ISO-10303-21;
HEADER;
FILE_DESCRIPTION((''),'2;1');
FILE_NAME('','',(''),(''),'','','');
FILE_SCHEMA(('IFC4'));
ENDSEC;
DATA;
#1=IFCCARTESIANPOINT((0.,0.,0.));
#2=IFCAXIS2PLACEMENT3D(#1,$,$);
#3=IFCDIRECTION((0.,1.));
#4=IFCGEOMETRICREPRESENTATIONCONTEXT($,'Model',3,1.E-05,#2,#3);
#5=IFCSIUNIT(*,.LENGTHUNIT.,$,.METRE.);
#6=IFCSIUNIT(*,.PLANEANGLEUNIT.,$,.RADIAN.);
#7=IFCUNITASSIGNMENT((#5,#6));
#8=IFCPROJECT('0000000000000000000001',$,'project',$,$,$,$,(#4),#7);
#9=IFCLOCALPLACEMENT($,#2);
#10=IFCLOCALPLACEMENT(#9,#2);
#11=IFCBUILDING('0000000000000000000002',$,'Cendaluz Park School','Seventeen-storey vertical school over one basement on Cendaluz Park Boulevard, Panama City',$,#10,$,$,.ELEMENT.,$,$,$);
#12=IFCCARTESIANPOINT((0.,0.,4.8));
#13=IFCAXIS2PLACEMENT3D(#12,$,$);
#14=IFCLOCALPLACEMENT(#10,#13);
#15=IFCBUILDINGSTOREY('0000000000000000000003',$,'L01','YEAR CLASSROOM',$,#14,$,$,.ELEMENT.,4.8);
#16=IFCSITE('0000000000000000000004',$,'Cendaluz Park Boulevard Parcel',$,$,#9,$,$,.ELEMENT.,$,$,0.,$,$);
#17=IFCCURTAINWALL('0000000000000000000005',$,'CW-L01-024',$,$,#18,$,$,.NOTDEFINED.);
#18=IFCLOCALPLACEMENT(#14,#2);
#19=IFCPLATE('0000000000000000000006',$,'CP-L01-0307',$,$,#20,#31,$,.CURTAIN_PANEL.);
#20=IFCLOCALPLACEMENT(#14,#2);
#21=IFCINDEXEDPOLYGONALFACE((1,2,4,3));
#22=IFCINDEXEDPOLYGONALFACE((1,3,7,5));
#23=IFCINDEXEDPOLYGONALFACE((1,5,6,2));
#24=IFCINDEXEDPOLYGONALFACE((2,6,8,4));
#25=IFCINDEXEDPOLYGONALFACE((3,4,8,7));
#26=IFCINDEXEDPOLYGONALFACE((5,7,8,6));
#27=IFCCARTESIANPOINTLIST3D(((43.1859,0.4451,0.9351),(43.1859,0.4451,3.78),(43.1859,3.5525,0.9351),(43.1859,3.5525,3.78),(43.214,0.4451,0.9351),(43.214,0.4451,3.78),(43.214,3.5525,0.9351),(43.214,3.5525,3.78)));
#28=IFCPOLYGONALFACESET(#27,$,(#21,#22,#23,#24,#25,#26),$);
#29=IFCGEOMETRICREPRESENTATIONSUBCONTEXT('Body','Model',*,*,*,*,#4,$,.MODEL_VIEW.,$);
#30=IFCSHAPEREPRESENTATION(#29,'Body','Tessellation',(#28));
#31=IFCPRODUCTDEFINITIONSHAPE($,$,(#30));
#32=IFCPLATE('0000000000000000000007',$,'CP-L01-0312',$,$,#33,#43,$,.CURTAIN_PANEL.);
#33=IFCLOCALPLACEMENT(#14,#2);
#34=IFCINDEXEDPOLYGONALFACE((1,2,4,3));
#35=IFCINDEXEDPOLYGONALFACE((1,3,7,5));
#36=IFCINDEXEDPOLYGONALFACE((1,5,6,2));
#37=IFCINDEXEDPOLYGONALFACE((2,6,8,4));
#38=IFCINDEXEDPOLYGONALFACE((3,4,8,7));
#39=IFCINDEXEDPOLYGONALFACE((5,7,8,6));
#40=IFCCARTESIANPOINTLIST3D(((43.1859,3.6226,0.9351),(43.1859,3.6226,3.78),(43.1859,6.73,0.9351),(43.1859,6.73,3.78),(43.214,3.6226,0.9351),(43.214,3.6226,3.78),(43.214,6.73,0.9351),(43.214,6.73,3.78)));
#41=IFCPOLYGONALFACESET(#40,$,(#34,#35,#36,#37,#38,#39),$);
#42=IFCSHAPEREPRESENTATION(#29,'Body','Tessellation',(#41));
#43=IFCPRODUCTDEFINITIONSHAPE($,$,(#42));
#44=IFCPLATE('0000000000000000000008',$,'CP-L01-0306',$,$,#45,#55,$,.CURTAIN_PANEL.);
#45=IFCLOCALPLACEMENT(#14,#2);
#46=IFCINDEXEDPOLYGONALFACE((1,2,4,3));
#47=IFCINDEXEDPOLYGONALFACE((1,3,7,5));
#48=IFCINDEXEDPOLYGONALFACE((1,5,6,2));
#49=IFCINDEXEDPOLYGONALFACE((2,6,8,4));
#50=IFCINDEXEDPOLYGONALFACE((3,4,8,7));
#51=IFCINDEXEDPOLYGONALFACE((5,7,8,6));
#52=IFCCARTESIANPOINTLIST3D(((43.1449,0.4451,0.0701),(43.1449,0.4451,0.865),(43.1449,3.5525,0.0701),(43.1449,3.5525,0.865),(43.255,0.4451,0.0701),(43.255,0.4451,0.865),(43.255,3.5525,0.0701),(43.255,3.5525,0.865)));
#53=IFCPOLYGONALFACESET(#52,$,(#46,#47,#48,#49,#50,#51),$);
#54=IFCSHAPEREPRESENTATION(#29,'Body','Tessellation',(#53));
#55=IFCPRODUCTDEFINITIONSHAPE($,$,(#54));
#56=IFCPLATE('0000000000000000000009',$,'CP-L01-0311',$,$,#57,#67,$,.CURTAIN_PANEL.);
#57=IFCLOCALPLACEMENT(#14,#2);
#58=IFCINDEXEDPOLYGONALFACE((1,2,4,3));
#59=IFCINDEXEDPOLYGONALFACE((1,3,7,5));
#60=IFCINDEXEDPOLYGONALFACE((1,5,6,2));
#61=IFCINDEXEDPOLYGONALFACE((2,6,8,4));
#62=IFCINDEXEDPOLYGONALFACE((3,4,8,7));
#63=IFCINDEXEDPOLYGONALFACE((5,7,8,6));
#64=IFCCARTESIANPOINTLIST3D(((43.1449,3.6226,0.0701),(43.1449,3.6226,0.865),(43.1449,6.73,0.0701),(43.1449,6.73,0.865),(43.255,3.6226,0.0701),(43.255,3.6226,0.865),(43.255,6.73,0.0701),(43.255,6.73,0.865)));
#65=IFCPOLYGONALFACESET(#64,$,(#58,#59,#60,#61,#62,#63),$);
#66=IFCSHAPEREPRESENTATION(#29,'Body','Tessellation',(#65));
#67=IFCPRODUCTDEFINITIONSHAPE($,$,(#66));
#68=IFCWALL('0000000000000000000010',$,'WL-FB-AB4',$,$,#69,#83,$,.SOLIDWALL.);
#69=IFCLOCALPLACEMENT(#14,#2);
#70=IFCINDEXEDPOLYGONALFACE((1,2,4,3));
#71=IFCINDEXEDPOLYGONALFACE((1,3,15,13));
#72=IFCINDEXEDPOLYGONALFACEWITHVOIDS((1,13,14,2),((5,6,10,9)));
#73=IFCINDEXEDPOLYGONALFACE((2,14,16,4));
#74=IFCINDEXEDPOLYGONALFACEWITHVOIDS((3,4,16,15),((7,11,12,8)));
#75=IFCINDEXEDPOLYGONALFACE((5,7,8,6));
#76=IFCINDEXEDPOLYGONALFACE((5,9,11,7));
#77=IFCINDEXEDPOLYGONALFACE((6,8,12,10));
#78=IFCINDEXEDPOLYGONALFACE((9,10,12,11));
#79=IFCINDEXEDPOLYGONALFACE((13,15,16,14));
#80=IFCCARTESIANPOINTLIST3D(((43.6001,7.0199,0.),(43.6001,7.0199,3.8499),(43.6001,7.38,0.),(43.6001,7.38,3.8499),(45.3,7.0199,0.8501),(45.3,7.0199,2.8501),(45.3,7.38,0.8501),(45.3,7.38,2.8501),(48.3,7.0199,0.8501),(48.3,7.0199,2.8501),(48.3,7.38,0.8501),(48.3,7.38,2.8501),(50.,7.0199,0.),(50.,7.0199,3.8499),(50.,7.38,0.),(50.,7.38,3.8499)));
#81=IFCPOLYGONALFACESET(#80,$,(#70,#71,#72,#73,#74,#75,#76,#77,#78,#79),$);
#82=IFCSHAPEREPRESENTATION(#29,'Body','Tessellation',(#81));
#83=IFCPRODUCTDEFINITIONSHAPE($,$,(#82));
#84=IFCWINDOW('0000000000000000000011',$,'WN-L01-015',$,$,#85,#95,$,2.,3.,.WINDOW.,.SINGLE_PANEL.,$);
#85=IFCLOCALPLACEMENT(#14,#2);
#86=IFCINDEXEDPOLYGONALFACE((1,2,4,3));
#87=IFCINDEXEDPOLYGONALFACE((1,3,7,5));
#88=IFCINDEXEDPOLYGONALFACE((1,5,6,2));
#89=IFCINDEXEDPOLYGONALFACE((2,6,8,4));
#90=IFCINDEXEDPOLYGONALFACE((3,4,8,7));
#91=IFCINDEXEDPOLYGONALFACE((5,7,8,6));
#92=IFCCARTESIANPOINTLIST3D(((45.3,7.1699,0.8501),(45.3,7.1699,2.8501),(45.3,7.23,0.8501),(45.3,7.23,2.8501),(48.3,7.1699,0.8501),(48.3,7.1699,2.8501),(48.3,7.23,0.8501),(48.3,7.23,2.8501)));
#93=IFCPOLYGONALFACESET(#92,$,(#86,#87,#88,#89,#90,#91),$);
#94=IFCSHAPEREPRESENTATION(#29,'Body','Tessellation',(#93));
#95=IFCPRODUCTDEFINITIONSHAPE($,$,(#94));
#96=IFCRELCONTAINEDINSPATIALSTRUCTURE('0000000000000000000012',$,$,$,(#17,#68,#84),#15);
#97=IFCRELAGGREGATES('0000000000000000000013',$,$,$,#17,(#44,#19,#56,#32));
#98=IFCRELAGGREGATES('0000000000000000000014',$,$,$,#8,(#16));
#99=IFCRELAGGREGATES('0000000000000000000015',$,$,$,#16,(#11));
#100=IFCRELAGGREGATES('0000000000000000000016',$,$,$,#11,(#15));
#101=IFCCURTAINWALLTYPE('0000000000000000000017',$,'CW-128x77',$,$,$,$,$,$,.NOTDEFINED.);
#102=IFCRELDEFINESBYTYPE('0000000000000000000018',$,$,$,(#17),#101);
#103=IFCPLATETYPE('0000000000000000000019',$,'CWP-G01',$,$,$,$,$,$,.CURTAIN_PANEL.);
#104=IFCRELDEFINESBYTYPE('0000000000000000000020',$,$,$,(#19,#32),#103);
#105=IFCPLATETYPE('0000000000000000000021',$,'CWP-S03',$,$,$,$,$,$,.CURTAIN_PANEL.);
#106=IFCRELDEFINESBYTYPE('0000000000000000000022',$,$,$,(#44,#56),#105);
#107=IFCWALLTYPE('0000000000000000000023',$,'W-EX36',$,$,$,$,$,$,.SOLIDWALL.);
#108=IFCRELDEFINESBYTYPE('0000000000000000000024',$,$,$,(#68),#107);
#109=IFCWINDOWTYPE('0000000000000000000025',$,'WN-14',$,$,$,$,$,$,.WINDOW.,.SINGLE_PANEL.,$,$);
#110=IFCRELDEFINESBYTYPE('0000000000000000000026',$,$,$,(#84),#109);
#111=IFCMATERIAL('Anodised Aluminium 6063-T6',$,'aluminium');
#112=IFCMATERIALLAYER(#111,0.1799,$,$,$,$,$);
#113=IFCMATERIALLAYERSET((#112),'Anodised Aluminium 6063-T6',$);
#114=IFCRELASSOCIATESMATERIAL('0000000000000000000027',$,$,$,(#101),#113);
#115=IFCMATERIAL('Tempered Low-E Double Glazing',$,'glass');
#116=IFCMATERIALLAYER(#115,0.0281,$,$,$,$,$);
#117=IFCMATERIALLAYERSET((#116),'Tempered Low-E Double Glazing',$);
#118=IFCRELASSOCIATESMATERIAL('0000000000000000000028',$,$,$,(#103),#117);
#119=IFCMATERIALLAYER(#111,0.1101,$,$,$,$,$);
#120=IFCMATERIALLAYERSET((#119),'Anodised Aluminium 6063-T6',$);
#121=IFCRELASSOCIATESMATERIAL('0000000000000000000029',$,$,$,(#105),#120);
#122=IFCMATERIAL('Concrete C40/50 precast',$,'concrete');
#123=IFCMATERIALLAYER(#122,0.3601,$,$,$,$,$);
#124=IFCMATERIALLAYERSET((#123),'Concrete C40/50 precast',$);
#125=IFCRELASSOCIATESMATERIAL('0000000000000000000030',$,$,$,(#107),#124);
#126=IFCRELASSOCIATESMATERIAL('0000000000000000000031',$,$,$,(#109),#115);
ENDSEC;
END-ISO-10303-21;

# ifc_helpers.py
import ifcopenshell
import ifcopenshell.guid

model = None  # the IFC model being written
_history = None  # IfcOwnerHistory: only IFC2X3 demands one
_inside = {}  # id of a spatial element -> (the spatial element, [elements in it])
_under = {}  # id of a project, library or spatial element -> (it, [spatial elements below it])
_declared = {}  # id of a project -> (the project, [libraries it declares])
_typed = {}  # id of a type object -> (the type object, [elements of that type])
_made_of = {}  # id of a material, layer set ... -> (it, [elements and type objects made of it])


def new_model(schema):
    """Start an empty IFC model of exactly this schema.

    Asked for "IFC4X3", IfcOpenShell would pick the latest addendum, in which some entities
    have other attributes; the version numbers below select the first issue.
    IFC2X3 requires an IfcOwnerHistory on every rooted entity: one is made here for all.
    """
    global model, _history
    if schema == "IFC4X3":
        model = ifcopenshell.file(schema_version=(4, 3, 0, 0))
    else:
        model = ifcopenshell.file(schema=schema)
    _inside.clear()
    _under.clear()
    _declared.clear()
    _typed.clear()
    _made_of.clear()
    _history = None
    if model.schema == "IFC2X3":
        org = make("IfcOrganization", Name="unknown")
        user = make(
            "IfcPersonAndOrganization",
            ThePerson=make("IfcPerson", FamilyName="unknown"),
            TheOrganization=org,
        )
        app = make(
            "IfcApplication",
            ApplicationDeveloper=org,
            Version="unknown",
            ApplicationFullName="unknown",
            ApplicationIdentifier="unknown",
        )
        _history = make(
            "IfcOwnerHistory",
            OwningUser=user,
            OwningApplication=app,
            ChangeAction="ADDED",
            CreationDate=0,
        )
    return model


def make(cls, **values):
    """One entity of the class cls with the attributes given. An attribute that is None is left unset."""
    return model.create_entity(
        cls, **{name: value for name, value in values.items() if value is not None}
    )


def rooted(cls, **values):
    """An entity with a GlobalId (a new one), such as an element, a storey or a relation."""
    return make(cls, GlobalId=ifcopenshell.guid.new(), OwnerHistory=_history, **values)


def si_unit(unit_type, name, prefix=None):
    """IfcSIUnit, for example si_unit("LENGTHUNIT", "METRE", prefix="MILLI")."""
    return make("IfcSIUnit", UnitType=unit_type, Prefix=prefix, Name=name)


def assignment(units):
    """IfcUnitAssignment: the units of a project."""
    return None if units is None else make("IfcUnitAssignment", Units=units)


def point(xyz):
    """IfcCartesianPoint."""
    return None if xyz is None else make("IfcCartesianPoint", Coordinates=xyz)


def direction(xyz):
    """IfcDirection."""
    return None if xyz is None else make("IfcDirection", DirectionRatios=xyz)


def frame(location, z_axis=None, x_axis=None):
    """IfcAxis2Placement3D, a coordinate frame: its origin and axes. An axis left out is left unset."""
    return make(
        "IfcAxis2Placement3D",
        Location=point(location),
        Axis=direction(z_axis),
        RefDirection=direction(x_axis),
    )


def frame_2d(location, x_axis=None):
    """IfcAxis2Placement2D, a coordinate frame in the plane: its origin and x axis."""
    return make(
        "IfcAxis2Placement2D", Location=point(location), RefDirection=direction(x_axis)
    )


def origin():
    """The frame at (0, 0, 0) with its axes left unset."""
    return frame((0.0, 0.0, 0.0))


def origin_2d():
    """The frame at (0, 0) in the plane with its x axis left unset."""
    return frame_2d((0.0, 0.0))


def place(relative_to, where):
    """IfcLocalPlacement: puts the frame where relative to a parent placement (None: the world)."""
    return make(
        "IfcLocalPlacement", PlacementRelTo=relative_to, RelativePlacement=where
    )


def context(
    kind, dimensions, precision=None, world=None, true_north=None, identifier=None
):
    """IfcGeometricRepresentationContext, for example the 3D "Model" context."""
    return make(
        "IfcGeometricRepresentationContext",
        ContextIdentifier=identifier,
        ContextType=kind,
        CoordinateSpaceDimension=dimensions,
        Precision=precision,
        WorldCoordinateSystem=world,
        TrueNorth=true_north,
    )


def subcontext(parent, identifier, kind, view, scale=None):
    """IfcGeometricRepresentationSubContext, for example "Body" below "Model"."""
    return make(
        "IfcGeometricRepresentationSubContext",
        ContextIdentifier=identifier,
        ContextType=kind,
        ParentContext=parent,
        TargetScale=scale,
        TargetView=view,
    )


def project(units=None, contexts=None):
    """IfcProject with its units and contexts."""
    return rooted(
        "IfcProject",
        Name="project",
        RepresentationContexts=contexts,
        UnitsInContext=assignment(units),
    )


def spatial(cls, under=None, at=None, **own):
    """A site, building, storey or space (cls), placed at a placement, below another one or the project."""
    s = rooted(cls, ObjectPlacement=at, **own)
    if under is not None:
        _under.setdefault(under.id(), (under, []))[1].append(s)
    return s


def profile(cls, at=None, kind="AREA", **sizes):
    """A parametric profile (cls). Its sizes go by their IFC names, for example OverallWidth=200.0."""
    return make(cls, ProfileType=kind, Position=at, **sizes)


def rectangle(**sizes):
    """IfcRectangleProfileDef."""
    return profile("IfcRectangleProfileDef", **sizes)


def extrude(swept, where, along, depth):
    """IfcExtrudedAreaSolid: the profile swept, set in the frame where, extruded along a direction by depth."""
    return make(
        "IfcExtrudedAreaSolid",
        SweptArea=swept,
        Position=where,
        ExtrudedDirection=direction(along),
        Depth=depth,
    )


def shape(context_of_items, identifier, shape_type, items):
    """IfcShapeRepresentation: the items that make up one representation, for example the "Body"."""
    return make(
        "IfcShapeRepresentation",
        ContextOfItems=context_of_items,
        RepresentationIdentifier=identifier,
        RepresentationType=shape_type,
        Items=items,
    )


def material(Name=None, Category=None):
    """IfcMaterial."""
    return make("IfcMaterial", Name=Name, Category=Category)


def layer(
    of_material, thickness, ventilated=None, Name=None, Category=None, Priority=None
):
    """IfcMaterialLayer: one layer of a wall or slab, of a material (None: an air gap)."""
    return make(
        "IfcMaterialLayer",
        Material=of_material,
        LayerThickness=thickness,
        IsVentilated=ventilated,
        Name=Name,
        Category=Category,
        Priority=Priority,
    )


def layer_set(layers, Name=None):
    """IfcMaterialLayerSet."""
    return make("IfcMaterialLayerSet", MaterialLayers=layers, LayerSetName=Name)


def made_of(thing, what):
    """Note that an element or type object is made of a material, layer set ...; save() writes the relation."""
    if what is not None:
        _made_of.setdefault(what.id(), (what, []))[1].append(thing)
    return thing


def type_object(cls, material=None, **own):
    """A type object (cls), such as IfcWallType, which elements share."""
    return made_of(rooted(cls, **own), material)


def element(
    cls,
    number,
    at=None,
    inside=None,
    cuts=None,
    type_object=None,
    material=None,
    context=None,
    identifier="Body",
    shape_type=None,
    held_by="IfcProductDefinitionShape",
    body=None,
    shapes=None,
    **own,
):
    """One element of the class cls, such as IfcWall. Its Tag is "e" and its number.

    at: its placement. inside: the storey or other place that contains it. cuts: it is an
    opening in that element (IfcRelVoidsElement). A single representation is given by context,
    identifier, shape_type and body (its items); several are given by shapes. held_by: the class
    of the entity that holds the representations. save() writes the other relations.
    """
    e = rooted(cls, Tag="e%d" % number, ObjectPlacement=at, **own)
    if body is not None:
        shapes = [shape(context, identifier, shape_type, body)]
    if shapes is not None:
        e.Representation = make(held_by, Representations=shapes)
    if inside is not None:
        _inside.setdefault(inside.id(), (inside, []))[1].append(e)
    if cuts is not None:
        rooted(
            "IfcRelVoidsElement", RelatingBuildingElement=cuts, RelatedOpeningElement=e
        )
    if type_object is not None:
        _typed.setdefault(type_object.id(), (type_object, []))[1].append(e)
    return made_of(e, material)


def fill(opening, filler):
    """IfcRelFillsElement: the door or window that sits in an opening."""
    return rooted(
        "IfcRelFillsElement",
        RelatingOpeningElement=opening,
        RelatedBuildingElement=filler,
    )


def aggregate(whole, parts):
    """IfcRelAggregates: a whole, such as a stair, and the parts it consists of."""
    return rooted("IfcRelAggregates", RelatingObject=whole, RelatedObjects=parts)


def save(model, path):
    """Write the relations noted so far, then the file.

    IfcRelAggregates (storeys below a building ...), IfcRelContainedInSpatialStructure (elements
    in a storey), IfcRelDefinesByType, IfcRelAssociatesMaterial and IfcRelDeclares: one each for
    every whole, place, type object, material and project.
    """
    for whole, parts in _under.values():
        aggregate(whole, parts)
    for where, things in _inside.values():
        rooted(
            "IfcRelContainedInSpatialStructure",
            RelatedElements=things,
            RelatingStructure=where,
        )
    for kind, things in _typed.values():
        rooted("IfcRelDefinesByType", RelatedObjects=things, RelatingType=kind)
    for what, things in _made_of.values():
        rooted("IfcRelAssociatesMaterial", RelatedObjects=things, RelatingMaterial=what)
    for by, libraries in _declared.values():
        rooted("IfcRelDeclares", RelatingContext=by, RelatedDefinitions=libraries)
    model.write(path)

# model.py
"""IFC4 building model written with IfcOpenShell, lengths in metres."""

from ifc_helpers import new_model, si_unit, direction, frame, frame_2d, origin, origin_2d, place, context, subcontext, project, spatial, rectangle, extrude, material, layer, layer_set, type_object, element, fill, aggregate, save


model = new_model("IFC4")

# Units and contexts
model_context = context("Model", 3, precision=1e-05, world=origin(), true_north=direction((0.0, 1.0)))
body_context = subcontext(model_context, "Body", "Model", "MODEL_VIEW")
ifc_project = project(units=[si_unit("LENGTHUNIT", "METRE"), si_unit("PLANEANGLEUNIT", "RADIAN")], contexts=[model_context])

# Site, building, storey
site_placement = place(None, origin())
site = spatial("IfcSite", under=ifc_project, at=site_placement, Name="Cendaluz Park Boulevard Parcel", CompositionType="ELEMENT", RefElevation=0.0)
building_placement = place(site_placement, origin())
building = spatial("IfcBuilding", under=site, at=building_placement, Name="Cendaluz Park School", Description="Seventeen-storey vertical school over one basement on Cendaluz Park Boulevard, Panama City", CompositionType="ELEMENT")
storey_placement = place(building_placement, frame((0.0, 0.0, 4.8)))
storey = spatial("IfcBuildingStorey", under=building, at=storey_placement, Name="L01", Description="YEAR CLASSROOM", CompositionType="ELEMENT", Elevation=4.8)

# Curtain wall
ifc_material_1 = material(Name="Anodised Aluminium 6063-T6", Category="aluminium")
ifc_layer_1 = layer(ifc_material_1, 0.1799)
ifc_layer_set_1 = layer_set([ifc_layer_1], Name="Anodised Aluminium 6063-T6")
curtain_wall_type = type_object("IfcCurtainWallType", Name="CW-128x77", PredefinedType="NOTDEFINED", material=ifc_layer_set_1)
curtain_wall_1_placement = place(storey_placement, origin())
curtain_wall_1 = element("IfcCurtainWall", 1, at=curtain_wall_1_placement, inside=storey, type_object=curtain_wall_type, Name="CW-L01-024", PredefinedType="NOTDEFINED")

# Plates
ifc_material_2 = material(Name="Tempered Low-E Double Glazing", Category="glass")
ifc_layer_2 = layer(ifc_material_2, 0.0281)
ifc_layer_set_2 = layer_set([ifc_layer_2], Name="Tempered Low-E Double Glazing")
plate_type_1 = type_object("IfcPlateType", Name="CWP-G01", PredefinedType="CURTAIN_PANEL", material=ifc_layer_set_2)
plate_1_placement = place(storey_placement, frame((43.2, 1.9988, 0.9351), z_axis=(0.0, 0.0, 1.0), x_axis=(0.0, 1.0, 0.0)))
plate_1 = element("IfcPlate", 2, at=plate_1_placement, type_object=plate_type_1, Name="CP-L01-0307", PredefinedType="CURTAIN_PANEL", context=body_context, shape_type="SweptSolid", body=[
    extrude(rectangle(XDim=3.1074, YDim=0.0281, at=origin_2d()), origin(), (0.0, 0.0, 1.0), 2.845),
])
plate_2_placement = place(storey_placement, frame((43.2, 5.1763, 0.9351), z_axis=(0.0, 0.0, 1.0), x_axis=(0.0, 1.0, 0.0)))
plate_2 = element("IfcPlate", 3, at=plate_2_placement, type_object=plate_type_1, Name="CP-L01-0312", PredefinedType="CURTAIN_PANEL", context=body_context, shape_type="SweptSolid", body=[
    extrude(rectangle(XDim=3.1074, YDim=0.0281, at=origin_2d()), origin(), (0.0, 0.0, 1.0), 2.845),
])
ifc_layer_3 = layer(ifc_material_1, 0.1101)
ifc_layer_set_3 = layer_set([ifc_layer_3], Name="Anodised Aluminium 6063-T6")
plate_type_2 = type_object("IfcPlateType", Name="CWP-S03", PredefinedType="CURTAIN_PANEL", material=ifc_layer_set_3)
plate_3_placement = place(storey_placement, frame((43.2, 1.9988, 0.0701), z_axis=(0.0, 0.0, 1.0), x_axis=(0.0, 1.0, 0.0)))
plate_3 = element("IfcPlate", 4, at=plate_3_placement, type_object=plate_type_2, Name="CP-L01-0306", PredefinedType="CURTAIN_PANEL", context=body_context, shape_type="SweptSolid", body=[
    extrude(rectangle(XDim=3.1074, YDim=0.1101, at=origin_2d()), origin(), (0.0, 0.0, 1.0), 0.7949),
])
plate_4_placement = place(storey_placement, frame((43.2, 5.1763, 0.0701), z_axis=(0.0, 0.0, 1.0), x_axis=(0.0, 1.0, 0.0)))
plate_4 = element("IfcPlate", 5, at=plate_4_placement, type_object=plate_type_2, Name="CP-L01-0311", PredefinedType="CURTAIN_PANEL", context=body_context, shape_type="SweptSolid", body=[
    extrude(rectangle(XDim=3.1074, YDim=0.1101, at=origin_2d()), origin(), (0.0, 0.0, 1.0), 0.7949),
])
aggregate(curtain_wall_1, [plate_3, plate_1, plate_4, plate_2])

# Wall, opening, window
ifc_material_3 = material(Name="Concrete C40/50 precast", Category="concrete")
ifc_layer_4 = layer(ifc_material_3, 0.3601)
ifc_layer_set_4 = layer_set([ifc_layer_4], Name="Concrete C40/50 precast")
wall_type = type_object("IfcWallType", Name="W-EX36", PredefinedType="SOLIDWALL", material=ifc_layer_set_4)
wall_placement = place(storey_placement, frame((43.6001, 7.2, 0.0), z_axis=(0.0, 0.0, 1.0), x_axis=(1.0, 0.0, 0.0)))
wall = element("IfcWall", 6, at=wall_placement, inside=storey, type_object=wall_type, Name="WL-FB-AB4", PredefinedType="SOLIDWALL", context=body_context, shape_type="SweptSolid", body=[
    extrude(rectangle(XDim=6.3999, YDim=0.3601, at=frame_2d((3.2, 0.0))), origin(), (0.0, 0.0, 1.0), 3.8499),
])
opening_placement = place(wall_placement, frame((1.7, 0.0, 0.8501)))
opening = element("IfcOpeningElement", 7, at=opening_placement, cuts=wall, PredefinedType="OPENING", context=body_context, shape_type="SweptSolid", body=[
    extrude(rectangle(XDim=3.0, YDim=2.0, at=frame_2d((1.5, 1.0))), frame((0.0, 0.1921, 0.0), z_axis=(0.0, -1.0, 0.0), x_axis=(1.0, 0.0, 0.0)), (0.0, 0.0, 1.0), 0.384),
])
window_type = type_object("IfcWindowType", Name="WN-14", PartitioningType="SINGLE_PANEL", PredefinedType="WINDOW", material=ifc_material_2)
window_placement = place(opening_placement, origin())
window = element("IfcWindow", 8, at=window_placement, inside=storey, type_object=window_type, Name="WN-L01-015", OverallHeight=2.0, OverallWidth=3.0, PartitioningType="SINGLE_PANEL", PredefinedType="WINDOW", context=body_context, shape_type="SweptSolid", body=[
    extrude(rectangle(XDim=3.0, YDim=2.0, at=frame_2d((1.5, 1.0))), frame((0.0, 0.03, 0.0), z_axis=(0.0, -1.0, 0.0), x_axis=(1.0, 0.0, 0.0)), (0.0, 0.0, 1.0), 0.0601),
])
fill(opening, window)

save(model, "model.ifc")
